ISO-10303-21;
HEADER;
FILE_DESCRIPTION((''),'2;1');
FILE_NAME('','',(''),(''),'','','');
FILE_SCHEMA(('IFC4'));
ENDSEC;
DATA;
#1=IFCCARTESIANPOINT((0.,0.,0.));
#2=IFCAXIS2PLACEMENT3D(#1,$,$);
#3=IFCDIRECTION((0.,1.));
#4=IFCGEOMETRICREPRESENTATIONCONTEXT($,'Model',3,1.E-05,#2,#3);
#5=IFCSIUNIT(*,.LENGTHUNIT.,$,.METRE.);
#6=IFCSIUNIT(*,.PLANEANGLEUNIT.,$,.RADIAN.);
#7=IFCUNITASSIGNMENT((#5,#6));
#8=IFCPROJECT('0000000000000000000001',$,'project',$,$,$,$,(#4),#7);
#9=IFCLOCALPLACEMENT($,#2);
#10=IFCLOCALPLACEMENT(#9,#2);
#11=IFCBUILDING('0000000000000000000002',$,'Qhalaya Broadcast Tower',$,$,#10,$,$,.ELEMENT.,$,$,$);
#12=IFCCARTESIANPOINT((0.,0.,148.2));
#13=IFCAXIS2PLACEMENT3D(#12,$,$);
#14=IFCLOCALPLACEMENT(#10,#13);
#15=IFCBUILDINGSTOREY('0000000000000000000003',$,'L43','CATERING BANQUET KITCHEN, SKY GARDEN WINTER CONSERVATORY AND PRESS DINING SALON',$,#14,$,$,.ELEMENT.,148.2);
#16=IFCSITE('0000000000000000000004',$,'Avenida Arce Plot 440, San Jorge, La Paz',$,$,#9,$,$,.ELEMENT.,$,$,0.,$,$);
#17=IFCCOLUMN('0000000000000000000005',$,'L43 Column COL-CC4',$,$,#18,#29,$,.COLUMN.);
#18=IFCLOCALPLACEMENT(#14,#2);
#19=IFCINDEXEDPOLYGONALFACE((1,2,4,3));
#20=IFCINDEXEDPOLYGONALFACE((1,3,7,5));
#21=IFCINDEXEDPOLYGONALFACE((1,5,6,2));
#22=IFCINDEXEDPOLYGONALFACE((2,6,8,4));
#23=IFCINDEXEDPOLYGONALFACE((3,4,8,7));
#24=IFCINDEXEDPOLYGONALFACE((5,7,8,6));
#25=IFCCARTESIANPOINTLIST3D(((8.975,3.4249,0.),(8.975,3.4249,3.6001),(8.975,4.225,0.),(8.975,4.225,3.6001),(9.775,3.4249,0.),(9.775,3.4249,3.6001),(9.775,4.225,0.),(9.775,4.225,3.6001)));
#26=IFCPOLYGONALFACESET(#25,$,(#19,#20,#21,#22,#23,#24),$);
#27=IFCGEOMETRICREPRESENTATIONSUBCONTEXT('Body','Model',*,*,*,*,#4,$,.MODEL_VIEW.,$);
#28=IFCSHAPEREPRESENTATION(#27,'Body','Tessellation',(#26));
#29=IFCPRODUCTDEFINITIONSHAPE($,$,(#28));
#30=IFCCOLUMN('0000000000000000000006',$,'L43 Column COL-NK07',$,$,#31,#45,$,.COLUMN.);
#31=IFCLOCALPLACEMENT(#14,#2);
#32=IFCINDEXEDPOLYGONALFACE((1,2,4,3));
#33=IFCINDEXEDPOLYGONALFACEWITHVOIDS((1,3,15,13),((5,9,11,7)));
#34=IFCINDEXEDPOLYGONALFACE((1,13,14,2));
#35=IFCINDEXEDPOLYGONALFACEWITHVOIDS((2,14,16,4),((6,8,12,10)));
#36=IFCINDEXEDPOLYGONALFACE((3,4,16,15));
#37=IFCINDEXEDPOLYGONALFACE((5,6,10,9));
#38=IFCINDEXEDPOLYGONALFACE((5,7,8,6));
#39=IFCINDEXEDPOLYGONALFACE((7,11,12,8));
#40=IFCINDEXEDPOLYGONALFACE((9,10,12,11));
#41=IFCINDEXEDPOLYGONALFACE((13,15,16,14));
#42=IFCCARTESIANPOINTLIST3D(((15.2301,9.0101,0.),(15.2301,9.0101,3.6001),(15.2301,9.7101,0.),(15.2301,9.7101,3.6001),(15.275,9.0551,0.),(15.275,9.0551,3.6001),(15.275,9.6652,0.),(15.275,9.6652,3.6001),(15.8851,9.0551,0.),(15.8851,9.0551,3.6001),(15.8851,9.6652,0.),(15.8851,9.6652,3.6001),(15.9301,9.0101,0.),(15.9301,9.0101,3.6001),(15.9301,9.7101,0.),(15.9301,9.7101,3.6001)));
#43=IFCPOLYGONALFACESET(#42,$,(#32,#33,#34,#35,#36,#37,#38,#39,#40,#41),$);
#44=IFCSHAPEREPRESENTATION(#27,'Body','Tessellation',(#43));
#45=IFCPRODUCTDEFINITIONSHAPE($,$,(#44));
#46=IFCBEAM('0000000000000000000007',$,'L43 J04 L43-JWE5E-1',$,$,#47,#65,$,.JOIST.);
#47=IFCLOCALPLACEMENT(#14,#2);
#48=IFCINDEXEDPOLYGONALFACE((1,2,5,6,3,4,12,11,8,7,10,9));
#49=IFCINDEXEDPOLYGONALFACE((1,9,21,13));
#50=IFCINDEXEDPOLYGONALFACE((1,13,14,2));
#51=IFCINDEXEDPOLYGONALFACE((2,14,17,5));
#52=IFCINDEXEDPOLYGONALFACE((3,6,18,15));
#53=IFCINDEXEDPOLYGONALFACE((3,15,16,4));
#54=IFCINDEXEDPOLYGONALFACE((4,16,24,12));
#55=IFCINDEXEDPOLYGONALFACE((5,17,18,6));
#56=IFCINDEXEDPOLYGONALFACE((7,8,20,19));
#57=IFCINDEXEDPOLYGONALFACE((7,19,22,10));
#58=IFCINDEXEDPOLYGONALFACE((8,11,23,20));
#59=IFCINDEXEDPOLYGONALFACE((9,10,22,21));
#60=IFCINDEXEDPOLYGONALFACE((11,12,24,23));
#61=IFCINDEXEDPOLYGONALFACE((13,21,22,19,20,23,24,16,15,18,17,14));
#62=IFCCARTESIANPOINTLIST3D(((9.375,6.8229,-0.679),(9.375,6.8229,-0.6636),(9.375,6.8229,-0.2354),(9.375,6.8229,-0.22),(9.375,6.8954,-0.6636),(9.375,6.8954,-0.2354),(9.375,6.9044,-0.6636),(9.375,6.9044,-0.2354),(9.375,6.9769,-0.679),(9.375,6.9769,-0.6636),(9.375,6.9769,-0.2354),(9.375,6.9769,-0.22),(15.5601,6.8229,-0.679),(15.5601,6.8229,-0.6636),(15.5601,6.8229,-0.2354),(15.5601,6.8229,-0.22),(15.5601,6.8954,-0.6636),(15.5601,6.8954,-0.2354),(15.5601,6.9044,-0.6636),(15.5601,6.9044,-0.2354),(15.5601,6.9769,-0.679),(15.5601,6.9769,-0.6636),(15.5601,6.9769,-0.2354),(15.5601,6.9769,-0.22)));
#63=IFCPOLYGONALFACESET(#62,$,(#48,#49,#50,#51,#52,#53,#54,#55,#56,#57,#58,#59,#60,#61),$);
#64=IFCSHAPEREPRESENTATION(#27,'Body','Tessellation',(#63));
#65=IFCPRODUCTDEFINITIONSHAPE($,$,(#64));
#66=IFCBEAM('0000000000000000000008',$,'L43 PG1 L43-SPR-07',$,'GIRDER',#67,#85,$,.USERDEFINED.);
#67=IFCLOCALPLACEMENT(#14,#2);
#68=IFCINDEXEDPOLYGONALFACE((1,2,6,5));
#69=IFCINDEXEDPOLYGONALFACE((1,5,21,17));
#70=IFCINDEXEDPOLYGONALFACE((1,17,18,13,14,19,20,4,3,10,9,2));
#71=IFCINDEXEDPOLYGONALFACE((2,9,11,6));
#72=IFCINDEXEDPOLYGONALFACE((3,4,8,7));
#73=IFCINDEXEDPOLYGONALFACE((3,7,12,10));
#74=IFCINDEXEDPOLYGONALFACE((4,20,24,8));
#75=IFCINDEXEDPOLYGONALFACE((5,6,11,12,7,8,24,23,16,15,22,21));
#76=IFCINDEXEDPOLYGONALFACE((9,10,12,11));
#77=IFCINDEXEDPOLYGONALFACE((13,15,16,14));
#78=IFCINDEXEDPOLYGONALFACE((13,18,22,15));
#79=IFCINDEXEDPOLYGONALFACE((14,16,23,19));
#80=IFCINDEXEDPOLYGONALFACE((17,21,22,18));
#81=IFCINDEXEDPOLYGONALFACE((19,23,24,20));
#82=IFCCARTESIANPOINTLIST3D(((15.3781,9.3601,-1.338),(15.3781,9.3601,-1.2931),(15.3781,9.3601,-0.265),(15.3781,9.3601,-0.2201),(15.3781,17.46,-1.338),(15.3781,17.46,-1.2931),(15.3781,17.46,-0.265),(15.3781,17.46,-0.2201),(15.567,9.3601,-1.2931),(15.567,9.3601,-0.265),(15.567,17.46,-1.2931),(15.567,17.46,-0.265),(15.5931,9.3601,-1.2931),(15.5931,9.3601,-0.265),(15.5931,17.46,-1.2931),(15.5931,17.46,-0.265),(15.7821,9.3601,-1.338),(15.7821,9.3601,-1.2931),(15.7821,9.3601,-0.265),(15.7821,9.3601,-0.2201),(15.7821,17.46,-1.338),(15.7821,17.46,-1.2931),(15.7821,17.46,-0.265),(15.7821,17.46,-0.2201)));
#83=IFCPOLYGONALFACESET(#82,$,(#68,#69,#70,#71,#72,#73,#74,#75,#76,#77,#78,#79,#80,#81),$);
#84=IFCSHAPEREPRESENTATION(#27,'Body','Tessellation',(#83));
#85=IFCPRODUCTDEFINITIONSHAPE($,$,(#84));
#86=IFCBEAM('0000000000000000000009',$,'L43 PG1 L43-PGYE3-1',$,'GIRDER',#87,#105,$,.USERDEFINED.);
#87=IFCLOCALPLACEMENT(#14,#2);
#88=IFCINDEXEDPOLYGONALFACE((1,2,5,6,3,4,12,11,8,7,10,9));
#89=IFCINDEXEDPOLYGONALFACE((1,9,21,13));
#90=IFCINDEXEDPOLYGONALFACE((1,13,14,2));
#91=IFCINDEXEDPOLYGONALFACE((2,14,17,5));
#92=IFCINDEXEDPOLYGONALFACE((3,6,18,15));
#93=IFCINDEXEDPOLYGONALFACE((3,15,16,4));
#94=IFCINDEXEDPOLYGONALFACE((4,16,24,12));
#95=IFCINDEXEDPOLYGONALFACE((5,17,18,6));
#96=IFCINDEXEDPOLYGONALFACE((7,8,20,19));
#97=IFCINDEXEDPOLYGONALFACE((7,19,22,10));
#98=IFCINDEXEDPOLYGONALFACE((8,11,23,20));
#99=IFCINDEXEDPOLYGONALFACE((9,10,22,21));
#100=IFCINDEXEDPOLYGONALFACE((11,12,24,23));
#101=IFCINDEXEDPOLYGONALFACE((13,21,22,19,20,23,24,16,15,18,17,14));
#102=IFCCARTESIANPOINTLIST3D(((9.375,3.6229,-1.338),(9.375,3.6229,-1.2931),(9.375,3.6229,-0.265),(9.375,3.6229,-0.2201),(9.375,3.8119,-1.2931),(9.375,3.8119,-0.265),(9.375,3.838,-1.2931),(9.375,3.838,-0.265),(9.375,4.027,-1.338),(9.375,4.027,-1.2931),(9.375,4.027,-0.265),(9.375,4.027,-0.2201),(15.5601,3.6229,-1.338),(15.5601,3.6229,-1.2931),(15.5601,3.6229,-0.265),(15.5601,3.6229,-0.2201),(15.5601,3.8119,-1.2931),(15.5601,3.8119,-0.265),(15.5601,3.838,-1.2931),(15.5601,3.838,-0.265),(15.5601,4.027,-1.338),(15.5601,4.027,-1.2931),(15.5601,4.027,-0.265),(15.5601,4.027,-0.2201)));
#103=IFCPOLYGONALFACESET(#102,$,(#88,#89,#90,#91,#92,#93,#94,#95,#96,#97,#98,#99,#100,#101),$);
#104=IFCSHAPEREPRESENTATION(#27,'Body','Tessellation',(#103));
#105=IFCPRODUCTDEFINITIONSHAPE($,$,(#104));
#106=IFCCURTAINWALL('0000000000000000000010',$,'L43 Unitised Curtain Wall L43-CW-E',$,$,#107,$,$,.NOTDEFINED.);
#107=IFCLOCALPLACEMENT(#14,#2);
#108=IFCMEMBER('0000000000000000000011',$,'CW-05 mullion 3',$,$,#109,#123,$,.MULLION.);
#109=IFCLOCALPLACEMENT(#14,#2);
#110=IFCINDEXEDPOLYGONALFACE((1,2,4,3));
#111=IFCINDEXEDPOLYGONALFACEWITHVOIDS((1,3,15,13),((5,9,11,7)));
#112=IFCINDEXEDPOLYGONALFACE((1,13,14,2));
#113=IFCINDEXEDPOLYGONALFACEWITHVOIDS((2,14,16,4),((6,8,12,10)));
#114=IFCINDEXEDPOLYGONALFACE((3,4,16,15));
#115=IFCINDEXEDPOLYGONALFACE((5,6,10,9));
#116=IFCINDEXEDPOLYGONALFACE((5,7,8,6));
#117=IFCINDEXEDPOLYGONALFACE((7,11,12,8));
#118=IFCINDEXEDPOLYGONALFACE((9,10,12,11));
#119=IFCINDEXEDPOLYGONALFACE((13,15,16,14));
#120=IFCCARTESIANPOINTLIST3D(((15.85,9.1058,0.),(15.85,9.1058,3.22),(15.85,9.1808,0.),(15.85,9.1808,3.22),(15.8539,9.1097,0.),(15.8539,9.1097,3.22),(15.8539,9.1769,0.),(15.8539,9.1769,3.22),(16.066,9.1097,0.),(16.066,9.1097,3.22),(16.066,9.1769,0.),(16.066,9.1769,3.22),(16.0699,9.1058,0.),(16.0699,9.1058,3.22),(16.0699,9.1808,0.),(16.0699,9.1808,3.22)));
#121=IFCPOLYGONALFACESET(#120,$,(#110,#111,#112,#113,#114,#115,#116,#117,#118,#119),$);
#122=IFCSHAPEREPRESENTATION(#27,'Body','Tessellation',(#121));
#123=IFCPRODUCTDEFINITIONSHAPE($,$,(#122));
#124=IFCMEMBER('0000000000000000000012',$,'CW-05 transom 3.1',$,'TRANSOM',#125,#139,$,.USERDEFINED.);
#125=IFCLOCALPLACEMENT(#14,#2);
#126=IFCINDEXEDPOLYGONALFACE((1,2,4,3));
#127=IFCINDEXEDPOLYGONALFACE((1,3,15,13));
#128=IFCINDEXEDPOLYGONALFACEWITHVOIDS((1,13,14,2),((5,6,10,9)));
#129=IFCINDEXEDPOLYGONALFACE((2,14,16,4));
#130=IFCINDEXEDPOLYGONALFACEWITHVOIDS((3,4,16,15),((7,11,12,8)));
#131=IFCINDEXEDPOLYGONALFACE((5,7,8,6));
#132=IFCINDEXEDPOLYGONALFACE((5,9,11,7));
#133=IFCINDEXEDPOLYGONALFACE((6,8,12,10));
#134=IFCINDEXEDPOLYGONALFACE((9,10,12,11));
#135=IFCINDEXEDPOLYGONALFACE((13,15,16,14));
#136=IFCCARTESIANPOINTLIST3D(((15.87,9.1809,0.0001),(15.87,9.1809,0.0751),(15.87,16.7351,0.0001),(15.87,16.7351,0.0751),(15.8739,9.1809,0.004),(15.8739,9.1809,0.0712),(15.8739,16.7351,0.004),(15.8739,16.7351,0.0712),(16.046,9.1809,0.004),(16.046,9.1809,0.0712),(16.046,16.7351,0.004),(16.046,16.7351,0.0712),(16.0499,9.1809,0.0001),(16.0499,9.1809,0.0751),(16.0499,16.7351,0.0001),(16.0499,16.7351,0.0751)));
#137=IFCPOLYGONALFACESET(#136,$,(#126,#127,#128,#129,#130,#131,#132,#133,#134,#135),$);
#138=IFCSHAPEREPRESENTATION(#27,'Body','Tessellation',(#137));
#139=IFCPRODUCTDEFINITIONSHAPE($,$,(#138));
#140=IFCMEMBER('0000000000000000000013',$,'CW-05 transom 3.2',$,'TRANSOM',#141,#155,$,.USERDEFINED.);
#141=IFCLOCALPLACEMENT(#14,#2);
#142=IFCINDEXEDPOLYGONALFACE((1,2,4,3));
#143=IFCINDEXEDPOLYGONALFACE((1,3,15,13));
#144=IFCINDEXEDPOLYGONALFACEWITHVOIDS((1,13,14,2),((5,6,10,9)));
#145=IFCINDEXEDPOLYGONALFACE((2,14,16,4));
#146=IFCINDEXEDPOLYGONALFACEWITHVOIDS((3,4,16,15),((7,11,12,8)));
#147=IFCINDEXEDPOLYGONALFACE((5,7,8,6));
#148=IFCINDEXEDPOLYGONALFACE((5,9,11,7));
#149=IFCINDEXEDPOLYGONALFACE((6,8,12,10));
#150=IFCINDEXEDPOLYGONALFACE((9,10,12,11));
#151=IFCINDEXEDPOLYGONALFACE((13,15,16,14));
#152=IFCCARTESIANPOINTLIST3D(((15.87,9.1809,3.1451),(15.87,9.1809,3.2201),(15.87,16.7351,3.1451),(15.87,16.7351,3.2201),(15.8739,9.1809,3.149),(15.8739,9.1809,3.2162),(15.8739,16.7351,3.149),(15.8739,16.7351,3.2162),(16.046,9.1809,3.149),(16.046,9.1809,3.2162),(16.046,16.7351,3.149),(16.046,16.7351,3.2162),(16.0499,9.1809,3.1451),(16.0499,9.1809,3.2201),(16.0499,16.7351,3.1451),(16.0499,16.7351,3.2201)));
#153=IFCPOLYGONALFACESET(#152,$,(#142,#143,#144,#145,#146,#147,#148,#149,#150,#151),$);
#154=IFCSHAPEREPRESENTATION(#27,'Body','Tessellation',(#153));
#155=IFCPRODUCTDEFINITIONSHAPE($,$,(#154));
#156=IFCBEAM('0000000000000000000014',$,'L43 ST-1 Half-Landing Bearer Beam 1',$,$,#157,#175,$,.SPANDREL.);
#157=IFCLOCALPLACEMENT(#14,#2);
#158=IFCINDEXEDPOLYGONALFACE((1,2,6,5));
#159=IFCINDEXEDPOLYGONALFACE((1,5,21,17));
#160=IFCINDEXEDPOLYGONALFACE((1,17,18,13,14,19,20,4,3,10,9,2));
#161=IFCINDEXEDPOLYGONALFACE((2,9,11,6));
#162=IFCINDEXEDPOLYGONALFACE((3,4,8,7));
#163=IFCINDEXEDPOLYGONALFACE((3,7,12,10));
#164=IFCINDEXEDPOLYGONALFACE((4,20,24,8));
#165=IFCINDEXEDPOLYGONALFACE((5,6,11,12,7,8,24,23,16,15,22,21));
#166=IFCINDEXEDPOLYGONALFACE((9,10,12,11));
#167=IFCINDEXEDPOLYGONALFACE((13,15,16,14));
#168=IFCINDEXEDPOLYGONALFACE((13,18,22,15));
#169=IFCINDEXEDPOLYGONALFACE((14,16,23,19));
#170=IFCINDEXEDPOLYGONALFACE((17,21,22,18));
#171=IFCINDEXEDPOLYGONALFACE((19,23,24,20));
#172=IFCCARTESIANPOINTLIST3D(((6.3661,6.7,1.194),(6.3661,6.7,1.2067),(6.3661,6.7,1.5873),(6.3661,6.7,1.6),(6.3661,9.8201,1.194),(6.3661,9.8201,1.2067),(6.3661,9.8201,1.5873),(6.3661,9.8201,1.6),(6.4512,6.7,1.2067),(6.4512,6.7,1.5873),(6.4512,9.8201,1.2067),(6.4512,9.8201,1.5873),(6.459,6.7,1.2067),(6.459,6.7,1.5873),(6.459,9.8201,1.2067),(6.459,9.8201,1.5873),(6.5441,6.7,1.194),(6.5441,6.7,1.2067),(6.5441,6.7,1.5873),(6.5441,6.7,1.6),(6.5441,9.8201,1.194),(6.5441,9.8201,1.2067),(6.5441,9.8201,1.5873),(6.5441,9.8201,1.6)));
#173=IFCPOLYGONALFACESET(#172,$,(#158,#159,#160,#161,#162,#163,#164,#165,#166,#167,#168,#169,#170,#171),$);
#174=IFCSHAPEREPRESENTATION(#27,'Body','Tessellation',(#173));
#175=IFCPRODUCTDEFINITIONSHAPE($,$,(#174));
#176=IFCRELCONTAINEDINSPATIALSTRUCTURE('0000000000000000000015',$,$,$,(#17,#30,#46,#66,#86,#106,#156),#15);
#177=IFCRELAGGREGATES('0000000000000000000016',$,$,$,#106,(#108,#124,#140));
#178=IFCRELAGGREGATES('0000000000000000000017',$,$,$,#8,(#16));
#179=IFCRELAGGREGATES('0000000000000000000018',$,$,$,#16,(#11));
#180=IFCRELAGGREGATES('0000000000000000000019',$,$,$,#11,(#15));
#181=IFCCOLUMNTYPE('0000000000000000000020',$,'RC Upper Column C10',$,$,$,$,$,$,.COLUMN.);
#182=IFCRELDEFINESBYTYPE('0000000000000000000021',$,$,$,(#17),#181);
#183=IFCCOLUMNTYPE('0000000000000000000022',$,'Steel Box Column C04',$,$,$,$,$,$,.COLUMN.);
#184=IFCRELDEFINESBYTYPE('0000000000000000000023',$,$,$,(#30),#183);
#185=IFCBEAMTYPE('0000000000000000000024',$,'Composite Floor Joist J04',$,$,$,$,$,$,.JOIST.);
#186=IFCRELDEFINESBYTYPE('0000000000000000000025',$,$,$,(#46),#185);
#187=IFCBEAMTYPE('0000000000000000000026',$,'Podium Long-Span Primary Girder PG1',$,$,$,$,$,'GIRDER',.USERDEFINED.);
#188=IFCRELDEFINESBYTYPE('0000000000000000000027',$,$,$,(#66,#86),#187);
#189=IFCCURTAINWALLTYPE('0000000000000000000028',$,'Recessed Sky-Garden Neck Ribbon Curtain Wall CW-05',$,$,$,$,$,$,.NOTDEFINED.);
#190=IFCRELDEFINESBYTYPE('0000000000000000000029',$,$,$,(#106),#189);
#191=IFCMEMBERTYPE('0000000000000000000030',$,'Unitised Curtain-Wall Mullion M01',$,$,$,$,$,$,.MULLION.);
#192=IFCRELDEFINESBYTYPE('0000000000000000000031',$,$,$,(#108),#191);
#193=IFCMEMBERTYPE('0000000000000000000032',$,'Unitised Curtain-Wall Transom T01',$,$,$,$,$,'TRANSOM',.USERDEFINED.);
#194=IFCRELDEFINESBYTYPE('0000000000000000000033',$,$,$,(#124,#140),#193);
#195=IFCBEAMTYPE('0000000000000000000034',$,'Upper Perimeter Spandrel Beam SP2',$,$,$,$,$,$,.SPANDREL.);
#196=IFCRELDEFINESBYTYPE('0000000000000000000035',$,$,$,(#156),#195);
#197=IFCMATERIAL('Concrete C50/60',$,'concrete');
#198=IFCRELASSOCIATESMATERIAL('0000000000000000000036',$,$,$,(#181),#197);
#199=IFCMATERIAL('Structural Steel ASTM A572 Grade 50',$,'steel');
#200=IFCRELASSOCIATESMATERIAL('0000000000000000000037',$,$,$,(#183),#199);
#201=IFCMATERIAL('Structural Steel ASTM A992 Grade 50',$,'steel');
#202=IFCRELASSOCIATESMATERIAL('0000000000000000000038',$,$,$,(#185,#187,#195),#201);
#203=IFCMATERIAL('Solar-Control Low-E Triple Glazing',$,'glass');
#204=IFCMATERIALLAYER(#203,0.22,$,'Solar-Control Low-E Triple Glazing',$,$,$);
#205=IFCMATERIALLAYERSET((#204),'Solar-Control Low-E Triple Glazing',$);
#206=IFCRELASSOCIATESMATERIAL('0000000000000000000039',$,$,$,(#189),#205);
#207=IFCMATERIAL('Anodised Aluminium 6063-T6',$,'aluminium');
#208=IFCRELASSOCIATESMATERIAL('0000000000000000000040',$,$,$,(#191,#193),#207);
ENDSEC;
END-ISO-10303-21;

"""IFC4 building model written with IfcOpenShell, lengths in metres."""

from ifc_helpers import new_model, si_unit, direction, frame, origin, origin_2d, place, context, subcontext, project, spatial, rectangle, hollow_rectangle, i_section, extrude, material, layer, layer_set, material_profile, profile_set, type_object, element, aggregate, save


model = new_model("IFC4")

# Units and contexts
model_context = context("Model", 3, precision=1e-05, world=origin(), true_north=direction((0.0, 1.0)))
body_context = subcontext(model_context, "Body", "Model", "MODEL_VIEW")
ifc_project = project(units=[si_unit("LENGTHUNIT", "METRE"), si_unit("PLANEANGLEUNIT", "RADIAN")], contexts=[model_context])

# Site, building, storey
site_placement = place(None, origin())
site = spatial("IfcSite", under=ifc_project, at=site_placement, Name="Avenida Arce Plot 440, San Jorge, La Paz", CompositionType="ELEMENT", RefElevation=0.0)
building_placement = place(site_placement, origin())
building = spatial("IfcBuilding", under=site, at=building_placement, Name="Qhalaya Broadcast Tower", CompositionType="ELEMENT")
storey_placement = place(building_placement, frame((0.0, 0.0, 148.2)))
storey = spatial("IfcBuildingStorey", under=building, at=storey_placement, Name="L43", Description="CATERING BANQUET KITCHEN, SKY GARDEN WINTER CONSERVATORY AND PRESS DINING SALON", CompositionType="ELEMENT", Elevation=148.2)

# Columns
ifc_material_1 = material(Name="Concrete C50/60", Category="concrete")
ifc_material_profile_1 = material_profile(ifc_material_1, rectangle(XDim=0.8, YDim=0.8, at=origin_2d()), Name="RC-COL 800x800")
ifc_profile_set_1 = profile_set([ifc_material_profile_1], Name="Concrete C50/60")
column_type_1 = type_object("IfcColumnType", Name="RC Upper Column C10", PredefinedType="COLUMN", material=ifc_profile_set_1)
column_1_placement = place(storey_placement, frame((9.375, 3.825, 0.0), z_axis=(0.0, 0.0, 1.0), x_axis=(1.0, 0.0, 0.0)))
element("IfcColumn", 1, at=column_1_placement, inside=storey, type_object=column_type_1, Name="L43 Column COL-CC4", PredefinedType="COLUMN", context=body_context, shape_type="SweptSolid", body=[
    extrude(rectangle(XDim=0.8, YDim=0.8, at=origin_2d()), origin(), (0.0, 0.0, 1.0), 3.6001),
])
ifc_material_2 = material(Name="Structural Steel ASTM A572 Grade 50", Category="steel")
ifc_material_profile_2 = material_profile(ifc_material_2, hollow_rectangle(XDim=0.7, YDim=0.7, WallThickness=0.0449, at=origin_2d()), Name="BOX 700x700x45")
ifc_profile_set_2 = profile_set([ifc_material_profile_2], Name="Structural Steel ASTM A572 Grade 50")
column_type_2 = type_object("IfcColumnType", Name="Steel Box Column C04", PredefinedType="COLUMN", material=ifc_profile_set_2)
column_2_placement = place(storey_placement, frame((15.5801, 9.3601, 0.0), z_axis=(0.0, 0.0, 1.0), x_axis=(0.0, 1.0, 0.0)))
element("IfcColumn", 2, at=column_2_placement, inside=storey, type_object=column_type_2, Name="L43 Column COL-NK07", PredefinedType="COLUMN", context=body_context, shape_type="SweptSolid", body=[
    extrude(hollow_rectangle(XDim=0.7, YDim=0.7, WallThickness=0.0449, at=origin_2d()), origin(), (0.0, 0.0, 1.0), 3.6001),
])

# Beams
ifc_material_3 = material(Name="Structural Steel ASTM A992 Grade 50", Category="steel")
ifc_material_profile_3 = material_profile(ifc_material_3, i_section(OverallWidth=0.1541, OverallDepth=0.459, WebThickness=0.009, FlangeThickness=0.0154, at=origin_2d()), Name="W18X46")
ifc_profile_set_3 = profile_set([ifc_material_profile_3], Name="Structural Steel ASTM A992 Grade 50")
beam_type_1 = type_object("IfcBeamType", Name="Composite Floor Joist J04", PredefinedType="JOIST", material=ifc_profile_set_3)
beam_1_placement = place(storey_placement, frame((9.375, 6.8999, -0.4495), z_axis=(1.0, 0.0, 0.0), x_axis=(0.0, 1.0, 0.0)))
element("IfcBeam", 3, at=beam_1_placement, inside=storey, type_object=beam_type_1, Name="L43 J04 L43-JWE5E-1", PredefinedType="JOIST", context=body_context, shape_type="SweptSolid", body=[
    extrude(i_section(OverallWidth=0.1541, OverallDepth=0.459, WebThickness=0.009, FlangeThickness=0.0154, at=origin_2d()), origin(), (0.0, 0.0, 1.0), 6.1851),
])
ifc_material_profile_4 = material_profile(ifc_material_3, i_section(OverallWidth=0.4041, OverallDepth=1.1179, WebThickness=0.0261, FlangeThickness=0.0449, at=origin_2d()), Name="W44X335")
ifc_profile_set_4 = profile_set([ifc_material_profile_4], Name="Structural Steel ASTM A992 Grade 50")
beam_type_2 = type_object("IfcBeamType", Name="Podium Long-Span Primary Girder PG1", ElementType="GIRDER", PredefinedType="USERDEFINED", material=ifc_profile_set_4)
beam_2_placement = place(storey_placement, frame((15.5801, 9.3601, -0.7791), z_axis=(0.0, 1.0, 0.0), x_axis=(-1.0, 0.0, 0.0)))
element("IfcBeam", 4, at=beam_2_placement, inside=storey, type_object=beam_type_2, Name="L43 PG1 L43-SPR-07", ObjectType="GIRDER", PredefinedType="USERDEFINED", context=body_context, shape_type="SweptSolid", body=[
    extrude(i_section(OverallWidth=0.4041, OverallDepth=1.1179, WebThickness=0.0261, FlangeThickness=0.0449, at=origin_2d()), origin(), (0.0, 0.0, 1.0), 8.0999),
])
beam_3_placement = place(storey_placement, frame((9.375, 3.825, -0.7791), z_axis=(1.0, 0.0, 0.0), x_axis=(0.0, 1.0, 0.0)))
element("IfcBeam", 5, at=beam_3_placement, inside=storey, type_object=beam_type_2, Name="L43 PG1 L43-PGYE3-1", ObjectType="GIRDER", PredefinedType="USERDEFINED", context=body_context, shape_type="SweptSolid", body=[
    extrude(i_section(OverallWidth=0.4041, OverallDepth=1.1179, WebThickness=0.0261, FlangeThickness=0.0449, at=origin_2d()), origin(), (0.0, 0.0, 1.0), 6.1851),
])

# Curtain wall, members
ifc_material_4 = material(Name="Solar-Control Low-E Triple Glazing", Category="glass")
ifc_layer_1 = layer(ifc_material_4, 0.22, Name="Solar-Control Low-E Triple Glazing")
ifc_layer_set_1 = layer_set([ifc_layer_1], Name="Solar-Control Low-E Triple Glazing")
curtain_wall_type = type_object("IfcCurtainWallType", Name="Recessed Sky-Garden Neck Ribbon Curtain Wall CW-05", PredefinedType="NOTDEFINED", material=ifc_layer_set_1)
curtain_wall_placement = place(storey_placement, origin())
curtain_wall = element("IfcCurtainWall", 6, at=curtain_wall_placement, inside=storey, type_object=curtain_wall_type, Name="L43 Unitised Curtain Wall L43-CW-E", PredefinedType="NOTDEFINED")
ifc_material_5 = material(Name="Anodised Aluminium 6063-T6", Category="aluminium")
ifc_material_profile_5 = material_profile(ifc_material_5, hollow_rectangle(XDim=0.075, YDim=0.22, WallThickness=0.0039, at=origin_2d()), Name="ALU-MUL 75x220x4")
ifc_profile_set_5 = profile_set([ifc_material_profile_5], Name="Anodised Aluminium 6063-T6")
member_type_1 = type_object("IfcMemberType", Name="Unitised Curtain-Wall Mullion M01", PredefinedType="MULLION", material=ifc_profile_set_5)
member_1_placement = place(storey_placement, frame((15.96, 9.1433, 0.0), z_axis=(0.0, 0.0, 1.0), x_axis=(0.0, 1.0, 0.0)))
member_1 = element("IfcMember", 7, at=member_1_placement, type_object=member_type_1, Name="CW-05 mullion 3", PredefinedType="MULLION", context=body_context, shape_type="SweptSolid", body=[
    extrude(hollow_rectangle(XDim=0.075, YDim=0.22, WallThickness=0.0039, at=origin_2d()), origin(), (0.0, 0.0, 1.0), 3.22),
])
ifc_material_profile_6 = material_profile(ifc_material_5, hollow_rectangle(XDim=0.075, YDim=0.1799, WallThickness=0.0039, at=origin_2d()), Name="ALU-TRN 75x180x4")
ifc_profile_set_6 = profile_set([ifc_material_profile_6], Name="Anodised Aluminium 6063-T6")
member_type_2 = type_object("IfcMemberType", Name="Unitised Curtain-Wall Transom T01", ElementType="TRANSOM", PredefinedType="USERDEFINED", material=ifc_profile_set_6)
member_2_placement = place(storey_placement, frame((15.96, 9.1809, 0.0376), z_axis=(0.0, 1.0, 0.0), x_axis=(0.0, 0.0, 1.0)))
member_2 = element("IfcMember", 8, at=member_2_placement, type_object=member_type_2, Name="CW-05 transom 3.1", ObjectType="TRANSOM", PredefinedType="USERDEFINED", context=body_context, shape_type="SweptSolid", body=[
    extrude(hollow_rectangle(XDim=0.075, YDim=0.1799, WallThickness=0.0039, at=origin_2d()), origin(), (0.0, 0.0, 1.0), 7.5542),
])
member_3_placement = place(storey_placement, frame((15.96, 9.1809, 3.1826), z_axis=(0.0, 1.0, 0.0), x_axis=(0.0, 0.0, 1.0)))
member_3 = element("IfcMember", 9, at=member_3_placement, type_object=member_type_2, Name="CW-05 transom 3.2", ObjectType="TRANSOM", PredefinedType="USERDEFINED", context=body_context, shape_type="SweptSolid", body=[
    extrude(hollow_rectangle(XDim=0.075, YDim=0.1799, WallThickness=0.0039, at=origin_2d()), origin(), (0.0, 0.0, 1.0), 7.5542),
])

# Beam
ifc_material_profile_7 = material_profile(ifc_material_3, i_section(OverallWidth=0.178, OverallDepth=0.406, WebThickness=0.0078, FlangeThickness=0.0127, at=origin_2d()), Name="W16X40")
ifc_profile_set_7 = profile_set([ifc_material_profile_7], Name="Structural Steel ASTM A992 Grade 50")
beam_type_3 = type_object("IfcBeamType", Name="Upper Perimeter Spandrel Beam SP2", PredefinedType="SPANDREL", material=ifc_profile_set_7)
for number, where, z_axis, x_axis, name in (
    (10, (6.4551, 6.7, 1.397), (0.0, 1.0, 0.0), (-1.0, 0.0, 0.0), "L43 ST-1 Half-Landing Bearer Beam 1"),
):
    element("IfcBeam", number, at=place(storey_placement, frame(where, z_axis=z_axis, x_axis=x_axis)), inside=storey, type_object=beam_type_3, Name=name, PredefinedType="SPANDREL", context=body_context, shape_type="SweptSolid", body=[
        extrude(i_section(OverallWidth=0.178, OverallDepth=0.406, WebThickness=0.0078, FlangeThickness=0.0127, at=origin_2d()), origin(), (0.0, 0.0, 1.0), 3.1201),
    ])

aggregate(curtain_wall, [member_1, member_2, member_3])

save(model, "model.ifc")
